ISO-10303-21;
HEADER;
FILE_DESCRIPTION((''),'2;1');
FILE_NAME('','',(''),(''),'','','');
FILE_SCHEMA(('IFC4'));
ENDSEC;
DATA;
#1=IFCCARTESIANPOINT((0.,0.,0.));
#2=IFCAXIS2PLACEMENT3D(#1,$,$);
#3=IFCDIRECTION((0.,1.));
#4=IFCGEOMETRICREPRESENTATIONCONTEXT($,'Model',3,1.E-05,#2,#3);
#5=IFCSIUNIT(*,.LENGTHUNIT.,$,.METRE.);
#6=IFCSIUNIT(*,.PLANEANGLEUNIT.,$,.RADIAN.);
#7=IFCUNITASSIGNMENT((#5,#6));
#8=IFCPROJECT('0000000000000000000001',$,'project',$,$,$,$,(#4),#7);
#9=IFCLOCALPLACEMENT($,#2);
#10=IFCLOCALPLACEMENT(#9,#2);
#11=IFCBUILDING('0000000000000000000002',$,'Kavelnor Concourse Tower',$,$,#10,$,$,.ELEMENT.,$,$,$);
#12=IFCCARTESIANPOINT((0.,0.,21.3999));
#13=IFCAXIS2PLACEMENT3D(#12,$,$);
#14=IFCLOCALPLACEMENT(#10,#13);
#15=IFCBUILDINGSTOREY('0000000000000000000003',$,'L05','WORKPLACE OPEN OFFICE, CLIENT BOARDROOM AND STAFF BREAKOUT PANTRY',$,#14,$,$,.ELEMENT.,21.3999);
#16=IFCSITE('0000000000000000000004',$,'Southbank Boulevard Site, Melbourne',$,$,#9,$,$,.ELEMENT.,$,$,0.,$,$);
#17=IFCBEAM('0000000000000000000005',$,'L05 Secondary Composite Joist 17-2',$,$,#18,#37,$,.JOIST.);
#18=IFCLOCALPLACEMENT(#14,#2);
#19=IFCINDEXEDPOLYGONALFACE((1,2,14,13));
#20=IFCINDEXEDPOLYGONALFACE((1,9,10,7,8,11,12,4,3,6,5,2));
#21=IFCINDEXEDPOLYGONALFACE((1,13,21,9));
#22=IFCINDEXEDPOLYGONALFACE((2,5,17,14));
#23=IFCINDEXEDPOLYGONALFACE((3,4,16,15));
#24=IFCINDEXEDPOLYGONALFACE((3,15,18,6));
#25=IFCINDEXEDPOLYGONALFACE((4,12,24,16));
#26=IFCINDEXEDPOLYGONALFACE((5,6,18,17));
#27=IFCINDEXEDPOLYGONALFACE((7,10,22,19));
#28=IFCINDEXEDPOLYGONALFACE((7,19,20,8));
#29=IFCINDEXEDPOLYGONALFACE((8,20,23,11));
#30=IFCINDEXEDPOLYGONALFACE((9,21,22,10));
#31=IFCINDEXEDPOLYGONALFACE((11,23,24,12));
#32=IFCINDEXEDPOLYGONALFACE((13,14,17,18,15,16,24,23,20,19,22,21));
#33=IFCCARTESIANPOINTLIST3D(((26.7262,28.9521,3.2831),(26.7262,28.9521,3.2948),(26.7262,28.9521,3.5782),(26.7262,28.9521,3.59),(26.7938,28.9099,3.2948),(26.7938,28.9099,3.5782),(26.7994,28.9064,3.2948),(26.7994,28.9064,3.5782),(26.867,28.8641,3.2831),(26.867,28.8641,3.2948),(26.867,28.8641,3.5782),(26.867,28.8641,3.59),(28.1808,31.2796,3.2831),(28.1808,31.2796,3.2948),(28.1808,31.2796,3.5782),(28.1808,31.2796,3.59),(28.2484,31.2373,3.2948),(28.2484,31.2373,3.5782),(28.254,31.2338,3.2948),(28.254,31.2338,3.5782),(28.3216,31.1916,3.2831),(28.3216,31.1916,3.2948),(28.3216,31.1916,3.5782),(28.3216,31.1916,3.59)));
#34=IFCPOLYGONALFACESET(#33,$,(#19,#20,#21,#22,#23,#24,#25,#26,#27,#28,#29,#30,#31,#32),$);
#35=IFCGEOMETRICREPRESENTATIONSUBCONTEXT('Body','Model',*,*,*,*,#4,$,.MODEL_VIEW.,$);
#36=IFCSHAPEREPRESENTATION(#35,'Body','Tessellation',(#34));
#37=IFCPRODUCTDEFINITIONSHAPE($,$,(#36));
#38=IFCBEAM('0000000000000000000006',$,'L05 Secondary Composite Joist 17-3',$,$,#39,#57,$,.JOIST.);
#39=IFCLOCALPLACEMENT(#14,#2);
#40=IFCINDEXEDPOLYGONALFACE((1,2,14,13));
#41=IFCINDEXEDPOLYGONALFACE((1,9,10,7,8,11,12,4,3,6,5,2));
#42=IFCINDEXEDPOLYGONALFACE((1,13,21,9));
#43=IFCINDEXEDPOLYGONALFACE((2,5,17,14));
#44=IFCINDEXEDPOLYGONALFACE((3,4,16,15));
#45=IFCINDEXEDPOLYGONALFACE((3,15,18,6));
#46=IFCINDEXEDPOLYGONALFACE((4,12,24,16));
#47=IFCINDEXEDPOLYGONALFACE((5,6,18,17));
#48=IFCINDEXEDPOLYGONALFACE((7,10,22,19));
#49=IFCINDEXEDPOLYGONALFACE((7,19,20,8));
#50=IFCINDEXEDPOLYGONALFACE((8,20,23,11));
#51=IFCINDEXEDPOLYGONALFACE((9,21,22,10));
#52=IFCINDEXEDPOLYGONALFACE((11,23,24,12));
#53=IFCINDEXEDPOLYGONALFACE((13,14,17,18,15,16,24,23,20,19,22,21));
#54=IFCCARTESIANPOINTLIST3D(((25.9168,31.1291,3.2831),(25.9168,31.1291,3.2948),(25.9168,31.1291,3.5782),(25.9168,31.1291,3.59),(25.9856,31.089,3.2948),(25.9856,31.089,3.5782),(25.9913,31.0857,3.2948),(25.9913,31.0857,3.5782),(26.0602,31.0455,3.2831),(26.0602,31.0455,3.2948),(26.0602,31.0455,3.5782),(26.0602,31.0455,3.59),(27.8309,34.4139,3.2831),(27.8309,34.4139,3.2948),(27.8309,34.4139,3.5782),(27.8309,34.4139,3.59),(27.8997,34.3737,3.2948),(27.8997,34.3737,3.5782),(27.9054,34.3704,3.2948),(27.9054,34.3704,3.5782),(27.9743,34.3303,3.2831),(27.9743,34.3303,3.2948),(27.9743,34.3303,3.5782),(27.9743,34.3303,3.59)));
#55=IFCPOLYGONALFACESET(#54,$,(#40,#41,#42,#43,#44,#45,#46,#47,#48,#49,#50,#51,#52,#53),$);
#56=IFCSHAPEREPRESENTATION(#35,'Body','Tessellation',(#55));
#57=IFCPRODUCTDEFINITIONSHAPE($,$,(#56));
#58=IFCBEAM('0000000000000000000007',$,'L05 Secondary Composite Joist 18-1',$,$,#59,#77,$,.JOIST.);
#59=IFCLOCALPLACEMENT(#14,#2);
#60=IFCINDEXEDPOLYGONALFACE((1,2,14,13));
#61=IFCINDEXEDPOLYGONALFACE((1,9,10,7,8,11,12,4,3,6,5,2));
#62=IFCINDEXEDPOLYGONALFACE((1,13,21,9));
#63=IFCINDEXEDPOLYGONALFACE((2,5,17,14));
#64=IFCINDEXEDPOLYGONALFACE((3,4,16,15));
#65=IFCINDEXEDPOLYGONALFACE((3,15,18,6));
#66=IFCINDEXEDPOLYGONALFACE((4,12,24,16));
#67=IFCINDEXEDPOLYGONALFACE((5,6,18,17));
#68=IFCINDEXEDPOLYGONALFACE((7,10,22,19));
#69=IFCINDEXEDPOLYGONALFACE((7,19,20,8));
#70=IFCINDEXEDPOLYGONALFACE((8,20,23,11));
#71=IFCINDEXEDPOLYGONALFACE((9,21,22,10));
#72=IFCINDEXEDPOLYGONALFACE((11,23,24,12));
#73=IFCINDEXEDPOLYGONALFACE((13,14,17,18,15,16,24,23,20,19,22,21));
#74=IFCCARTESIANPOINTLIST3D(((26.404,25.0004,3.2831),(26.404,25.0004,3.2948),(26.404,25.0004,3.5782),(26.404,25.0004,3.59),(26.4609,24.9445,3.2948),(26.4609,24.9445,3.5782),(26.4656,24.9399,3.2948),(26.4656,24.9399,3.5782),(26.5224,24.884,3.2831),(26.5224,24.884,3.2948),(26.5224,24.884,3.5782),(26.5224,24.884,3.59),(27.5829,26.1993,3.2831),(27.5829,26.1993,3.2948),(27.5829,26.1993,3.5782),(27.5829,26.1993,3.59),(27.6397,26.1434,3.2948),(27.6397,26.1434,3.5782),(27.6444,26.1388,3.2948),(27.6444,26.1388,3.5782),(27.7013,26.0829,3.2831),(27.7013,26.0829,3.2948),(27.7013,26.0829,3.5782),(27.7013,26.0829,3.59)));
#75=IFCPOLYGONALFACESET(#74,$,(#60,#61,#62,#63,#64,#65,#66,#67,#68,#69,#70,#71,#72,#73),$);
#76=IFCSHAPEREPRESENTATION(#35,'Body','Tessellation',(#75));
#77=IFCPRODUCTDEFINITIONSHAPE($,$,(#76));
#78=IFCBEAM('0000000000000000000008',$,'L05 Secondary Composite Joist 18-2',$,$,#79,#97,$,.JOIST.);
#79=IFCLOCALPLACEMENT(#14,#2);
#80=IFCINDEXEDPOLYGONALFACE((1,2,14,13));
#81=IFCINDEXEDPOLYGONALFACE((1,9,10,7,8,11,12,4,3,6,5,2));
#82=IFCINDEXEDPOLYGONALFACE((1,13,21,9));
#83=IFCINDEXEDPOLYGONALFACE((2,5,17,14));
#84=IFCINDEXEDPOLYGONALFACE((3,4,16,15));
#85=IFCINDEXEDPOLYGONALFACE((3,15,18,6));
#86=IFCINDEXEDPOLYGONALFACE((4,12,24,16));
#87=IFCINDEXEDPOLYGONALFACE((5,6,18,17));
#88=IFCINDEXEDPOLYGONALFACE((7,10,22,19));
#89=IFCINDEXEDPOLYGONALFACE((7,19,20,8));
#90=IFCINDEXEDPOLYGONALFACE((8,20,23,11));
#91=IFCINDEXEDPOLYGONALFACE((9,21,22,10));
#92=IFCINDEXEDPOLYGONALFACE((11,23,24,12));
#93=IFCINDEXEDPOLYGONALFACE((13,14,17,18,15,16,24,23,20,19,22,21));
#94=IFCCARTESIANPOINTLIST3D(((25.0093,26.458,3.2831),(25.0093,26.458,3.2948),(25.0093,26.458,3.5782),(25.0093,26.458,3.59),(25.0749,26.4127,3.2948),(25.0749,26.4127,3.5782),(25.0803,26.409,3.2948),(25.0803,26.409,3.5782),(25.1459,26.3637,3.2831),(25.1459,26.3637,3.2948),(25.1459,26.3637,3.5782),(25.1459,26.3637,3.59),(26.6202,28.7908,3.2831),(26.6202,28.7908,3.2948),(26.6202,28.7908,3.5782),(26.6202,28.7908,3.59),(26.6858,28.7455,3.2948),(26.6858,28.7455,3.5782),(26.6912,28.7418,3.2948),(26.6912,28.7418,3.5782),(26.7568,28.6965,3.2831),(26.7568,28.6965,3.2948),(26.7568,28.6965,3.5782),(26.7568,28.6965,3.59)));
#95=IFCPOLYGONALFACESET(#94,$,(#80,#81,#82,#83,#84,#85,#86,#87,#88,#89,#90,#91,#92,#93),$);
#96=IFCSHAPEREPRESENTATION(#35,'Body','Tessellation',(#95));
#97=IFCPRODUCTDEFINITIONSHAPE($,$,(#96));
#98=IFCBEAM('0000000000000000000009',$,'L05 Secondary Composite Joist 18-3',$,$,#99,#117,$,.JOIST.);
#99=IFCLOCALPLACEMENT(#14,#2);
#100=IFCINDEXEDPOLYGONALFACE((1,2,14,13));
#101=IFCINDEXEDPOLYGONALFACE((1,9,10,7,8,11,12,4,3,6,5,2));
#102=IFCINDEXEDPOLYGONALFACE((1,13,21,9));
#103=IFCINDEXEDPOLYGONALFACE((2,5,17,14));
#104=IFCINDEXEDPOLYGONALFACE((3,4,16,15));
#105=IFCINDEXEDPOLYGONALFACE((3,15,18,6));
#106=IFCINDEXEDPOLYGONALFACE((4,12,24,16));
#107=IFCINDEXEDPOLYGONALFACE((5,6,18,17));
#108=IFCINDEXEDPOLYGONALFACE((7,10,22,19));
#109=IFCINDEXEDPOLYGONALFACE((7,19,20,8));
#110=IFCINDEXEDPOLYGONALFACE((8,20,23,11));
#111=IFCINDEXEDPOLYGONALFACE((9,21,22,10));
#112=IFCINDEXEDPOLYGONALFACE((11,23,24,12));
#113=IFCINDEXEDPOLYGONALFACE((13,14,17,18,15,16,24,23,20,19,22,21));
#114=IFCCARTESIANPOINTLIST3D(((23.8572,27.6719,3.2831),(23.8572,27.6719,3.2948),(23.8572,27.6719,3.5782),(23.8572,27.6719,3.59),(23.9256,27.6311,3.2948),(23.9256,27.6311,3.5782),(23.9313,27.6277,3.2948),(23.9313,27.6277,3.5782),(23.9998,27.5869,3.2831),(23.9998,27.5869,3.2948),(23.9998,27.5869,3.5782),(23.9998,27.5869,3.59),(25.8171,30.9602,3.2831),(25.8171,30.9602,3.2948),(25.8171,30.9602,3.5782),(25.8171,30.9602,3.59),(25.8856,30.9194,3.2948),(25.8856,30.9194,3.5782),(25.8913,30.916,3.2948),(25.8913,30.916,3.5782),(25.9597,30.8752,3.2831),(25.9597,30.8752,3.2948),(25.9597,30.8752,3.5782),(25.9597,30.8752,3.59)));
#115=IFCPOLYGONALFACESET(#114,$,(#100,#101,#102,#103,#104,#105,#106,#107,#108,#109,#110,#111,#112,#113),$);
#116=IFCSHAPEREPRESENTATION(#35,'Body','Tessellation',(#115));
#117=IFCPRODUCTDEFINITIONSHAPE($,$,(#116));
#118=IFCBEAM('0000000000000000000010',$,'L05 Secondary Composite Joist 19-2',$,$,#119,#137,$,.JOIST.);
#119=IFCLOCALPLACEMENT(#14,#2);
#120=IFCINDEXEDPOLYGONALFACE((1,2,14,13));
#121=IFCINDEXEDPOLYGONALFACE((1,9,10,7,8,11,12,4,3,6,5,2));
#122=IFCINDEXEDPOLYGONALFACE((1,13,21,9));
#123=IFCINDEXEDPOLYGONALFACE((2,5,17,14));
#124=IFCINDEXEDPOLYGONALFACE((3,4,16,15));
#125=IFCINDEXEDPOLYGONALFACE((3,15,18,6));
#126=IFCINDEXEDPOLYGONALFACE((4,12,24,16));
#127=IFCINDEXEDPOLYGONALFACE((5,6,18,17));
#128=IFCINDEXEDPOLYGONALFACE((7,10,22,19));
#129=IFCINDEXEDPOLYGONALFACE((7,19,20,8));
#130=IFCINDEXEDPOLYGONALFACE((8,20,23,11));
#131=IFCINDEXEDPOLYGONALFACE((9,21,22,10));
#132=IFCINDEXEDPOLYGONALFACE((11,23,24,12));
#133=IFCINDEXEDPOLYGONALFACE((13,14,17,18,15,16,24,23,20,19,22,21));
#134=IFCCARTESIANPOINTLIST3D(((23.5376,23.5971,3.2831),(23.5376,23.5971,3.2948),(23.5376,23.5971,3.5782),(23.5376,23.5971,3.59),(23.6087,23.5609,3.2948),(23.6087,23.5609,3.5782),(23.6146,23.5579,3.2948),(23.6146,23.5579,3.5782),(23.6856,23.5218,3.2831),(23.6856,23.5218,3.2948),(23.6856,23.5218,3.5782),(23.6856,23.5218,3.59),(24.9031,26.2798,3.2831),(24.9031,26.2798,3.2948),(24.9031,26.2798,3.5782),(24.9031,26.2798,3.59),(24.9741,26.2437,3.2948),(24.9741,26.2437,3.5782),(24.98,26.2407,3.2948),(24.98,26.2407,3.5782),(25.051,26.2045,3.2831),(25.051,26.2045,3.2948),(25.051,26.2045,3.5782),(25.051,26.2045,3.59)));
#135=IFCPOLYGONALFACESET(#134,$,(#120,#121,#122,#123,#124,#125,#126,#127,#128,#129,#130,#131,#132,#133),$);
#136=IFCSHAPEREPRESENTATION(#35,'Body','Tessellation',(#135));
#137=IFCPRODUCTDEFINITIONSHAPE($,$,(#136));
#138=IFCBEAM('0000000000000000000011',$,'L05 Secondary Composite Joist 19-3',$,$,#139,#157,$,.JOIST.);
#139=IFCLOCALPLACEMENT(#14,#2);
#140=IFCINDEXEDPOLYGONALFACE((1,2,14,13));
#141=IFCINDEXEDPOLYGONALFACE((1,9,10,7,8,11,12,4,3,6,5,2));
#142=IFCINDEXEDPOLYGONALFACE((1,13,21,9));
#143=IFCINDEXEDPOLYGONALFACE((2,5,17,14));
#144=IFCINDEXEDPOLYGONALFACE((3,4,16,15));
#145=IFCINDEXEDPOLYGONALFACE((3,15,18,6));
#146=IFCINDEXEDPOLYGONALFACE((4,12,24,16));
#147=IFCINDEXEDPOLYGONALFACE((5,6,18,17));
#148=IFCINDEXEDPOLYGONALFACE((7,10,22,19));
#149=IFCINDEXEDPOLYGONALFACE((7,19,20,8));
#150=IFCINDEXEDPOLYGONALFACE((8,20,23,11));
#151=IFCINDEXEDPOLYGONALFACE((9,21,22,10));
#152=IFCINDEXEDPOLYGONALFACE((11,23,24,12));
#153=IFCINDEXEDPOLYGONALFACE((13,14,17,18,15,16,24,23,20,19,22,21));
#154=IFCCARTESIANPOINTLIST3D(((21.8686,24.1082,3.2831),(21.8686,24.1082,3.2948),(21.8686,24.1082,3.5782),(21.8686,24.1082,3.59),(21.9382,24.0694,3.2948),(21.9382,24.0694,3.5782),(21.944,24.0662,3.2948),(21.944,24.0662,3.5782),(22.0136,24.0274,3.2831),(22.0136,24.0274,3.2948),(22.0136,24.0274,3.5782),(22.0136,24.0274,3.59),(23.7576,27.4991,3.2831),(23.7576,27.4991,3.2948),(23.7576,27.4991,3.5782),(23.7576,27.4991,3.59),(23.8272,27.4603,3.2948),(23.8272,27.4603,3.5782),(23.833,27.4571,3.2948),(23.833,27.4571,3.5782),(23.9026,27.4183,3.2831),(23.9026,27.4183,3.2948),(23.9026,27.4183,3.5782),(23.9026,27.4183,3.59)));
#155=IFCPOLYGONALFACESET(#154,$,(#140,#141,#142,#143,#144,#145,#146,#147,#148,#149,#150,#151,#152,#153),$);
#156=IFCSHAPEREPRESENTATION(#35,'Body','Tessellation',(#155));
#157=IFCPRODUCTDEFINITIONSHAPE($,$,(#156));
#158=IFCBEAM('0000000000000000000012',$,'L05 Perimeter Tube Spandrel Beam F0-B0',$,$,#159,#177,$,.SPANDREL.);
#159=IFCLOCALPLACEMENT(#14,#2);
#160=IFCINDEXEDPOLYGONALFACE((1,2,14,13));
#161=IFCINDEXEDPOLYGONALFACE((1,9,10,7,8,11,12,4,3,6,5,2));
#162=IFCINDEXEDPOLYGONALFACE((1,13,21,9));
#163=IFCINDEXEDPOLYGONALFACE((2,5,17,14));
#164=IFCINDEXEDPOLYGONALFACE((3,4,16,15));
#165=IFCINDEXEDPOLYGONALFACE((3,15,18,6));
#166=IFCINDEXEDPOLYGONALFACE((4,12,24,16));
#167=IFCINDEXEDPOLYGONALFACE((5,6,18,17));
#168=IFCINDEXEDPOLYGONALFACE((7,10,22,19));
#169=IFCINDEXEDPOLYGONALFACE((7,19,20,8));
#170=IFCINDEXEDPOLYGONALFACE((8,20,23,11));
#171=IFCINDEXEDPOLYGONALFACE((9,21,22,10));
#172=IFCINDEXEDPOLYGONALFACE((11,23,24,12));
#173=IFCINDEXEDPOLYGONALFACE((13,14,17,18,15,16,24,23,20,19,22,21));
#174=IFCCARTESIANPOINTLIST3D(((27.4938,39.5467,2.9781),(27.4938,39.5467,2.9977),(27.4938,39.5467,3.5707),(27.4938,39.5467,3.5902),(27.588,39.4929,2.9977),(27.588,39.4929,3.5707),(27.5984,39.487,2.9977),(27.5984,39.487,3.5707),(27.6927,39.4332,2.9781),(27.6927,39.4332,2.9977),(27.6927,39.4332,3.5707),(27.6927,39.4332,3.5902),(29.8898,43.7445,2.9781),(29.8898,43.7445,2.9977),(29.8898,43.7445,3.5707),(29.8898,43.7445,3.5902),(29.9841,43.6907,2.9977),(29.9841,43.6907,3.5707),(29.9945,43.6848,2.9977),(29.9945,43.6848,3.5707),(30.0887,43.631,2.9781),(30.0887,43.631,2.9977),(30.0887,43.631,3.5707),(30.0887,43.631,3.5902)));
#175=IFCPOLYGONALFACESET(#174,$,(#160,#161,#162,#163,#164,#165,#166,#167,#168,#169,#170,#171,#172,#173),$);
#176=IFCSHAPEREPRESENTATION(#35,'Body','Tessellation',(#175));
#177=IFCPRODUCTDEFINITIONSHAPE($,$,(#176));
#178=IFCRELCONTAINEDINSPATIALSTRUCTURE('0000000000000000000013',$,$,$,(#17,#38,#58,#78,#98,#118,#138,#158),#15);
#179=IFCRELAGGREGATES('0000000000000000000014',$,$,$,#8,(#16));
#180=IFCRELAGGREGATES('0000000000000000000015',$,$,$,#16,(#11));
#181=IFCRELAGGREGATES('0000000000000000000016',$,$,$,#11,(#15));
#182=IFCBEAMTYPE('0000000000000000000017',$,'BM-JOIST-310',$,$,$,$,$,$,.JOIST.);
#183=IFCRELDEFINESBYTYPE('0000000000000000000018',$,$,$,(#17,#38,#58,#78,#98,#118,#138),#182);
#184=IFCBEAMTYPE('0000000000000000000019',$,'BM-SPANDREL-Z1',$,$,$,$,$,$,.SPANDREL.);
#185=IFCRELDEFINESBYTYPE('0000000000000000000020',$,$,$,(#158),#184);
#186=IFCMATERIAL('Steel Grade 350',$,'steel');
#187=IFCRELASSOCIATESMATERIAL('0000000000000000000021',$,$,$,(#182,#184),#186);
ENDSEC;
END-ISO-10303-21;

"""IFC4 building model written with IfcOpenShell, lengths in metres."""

from ifc_helpers import new_model, si_unit, direction, frame, origin, origin_2d, place, context, subcontext, project, spatial, i_section, extrude, material, material_profile, profile_set, type_object, element, save


model = new_model("IFC4")

# Units and contexts
model_context = context("Model", 3, precision=1e-05, world=origin(), true_north=direction((0.0, 1.0)))
body_context = subcontext(model_context, "Body", "Model", "MODEL_VIEW")
ifc_project = project(units=[si_unit("LENGTHUNIT", "METRE"), si_unit("PLANEANGLEUNIT", "RADIAN")], contexts=[model_context])

# Site, building, storey
site_placement = place(None, origin())
site = spatial("IfcSite", under=ifc_project, at=site_placement, Name="Southbank Boulevard Site, Melbourne", CompositionType="ELEMENT", RefElevation=0.0)
building_placement = place(site_placement, origin())
building = spatial("IfcBuilding", under=site, at=building_placement, Name="Kavelnor Concourse Tower", CompositionType="ELEMENT")
storey_placement = place(building_placement, frame((0.0, 0.0, 21.3999)))
storey = spatial("IfcBuildingStorey", under=building, at=storey_placement, Name="L05", Description="WORKPLACE OPEN OFFICE, CLIENT BOARDROOM AND STAFF BREAKOUT PANTRY", CompositionType="ELEMENT", Elevation=21.3999)

# Shared definitions
ifc_material_1 = material(Name="Steel Grade 350", Category="steel")

# Beams
ifc_material_profile_1 = material_profile(ifc_material_1, i_section(OverallWidth=0.166, OverallDepth=0.3069, WebThickness=0.0066, FlangeThickness=0.0117, at=origin_2d()), Name="310UB46")
ifc_profile_set_1 = profile_set([ifc_material_profile_1], Name="Steel Grade 350")
beam_type_1 = type_object("IfcBeamType", Name="BM-JOIST-310", PredefinedType="JOIST", material=ifc_profile_set_1)
beam_1_placement = place(storey_placement, frame((28.2512, 31.2356, 3.4365), z_axis=(-0.529991, -0.848003, 0.0), x_axis=(0.848003, -0.529991, 0.0)))
element("IfcBeam", 1, at=beam_1_placement, inside=storey, type_object=beam_type_1, Name="L05 Secondary Composite Joist 17-2", PredefinedType="JOIST", context=body_context, shape_type="SweptSolid", body=[
    extrude(i_section(OverallWidth=0.166, OverallDepth=0.3069, WebThickness=0.0066, FlangeThickness=0.0117, at=origin_2d()), origin(), (0.0, 0.0, 1.0), 2.7446),
])
beam_2_placement = place(storey_placement, frame((27.9026, 34.3721, 3.4365), z_axis=(-0.50348, -0.864007, 0.0), x_axis=(0.864007, -0.50348, 0.0)))
element("IfcBeam", 2, at=beam_2_placement, inside=storey, type_object=beam_type_1, Name="L05 Secondary Composite Joist 17-3", PredefinedType="JOIST", context=body_context, shape_type="SweptSolid", body=[
    extrude(i_section(OverallWidth=0.166, OverallDepth=0.3069, WebThickness=0.0066, FlangeThickness=0.0117, at=origin_2d()), origin(), (0.0, 0.0, 1.0), 3.8018),
])
beam_3_placement = place(storey_placement, frame((27.6421, 26.1411, 3.4365), z_axis=(-0.701129, -0.713035, 0.0), x_axis=(0.713035, -0.701129, 0.0)))
element("IfcBeam", 3, at=beam_3_placement, inside=storey, type_object=beam_type_1, Name="L05 Secondary Composite Joist 18-1", PredefinedType="JOIST", context=body_context, shape_type="SweptSolid", body=[
    extrude(i_section(OverallWidth=0.166, OverallDepth=0.3069, WebThickness=0.0066, FlangeThickness=0.0117, at=origin_2d()), origin(), (0.0, 0.0, 1.0), 1.6814),
])
beam_4_placement = place(storey_placement, frame((26.6885, 28.7437, 3.4365), z_axis=(-0.56822, -0.822877, 0.0), x_axis=(0.822877, -0.56822, 0.0)))
element("IfcBeam", 4, at=beam_4_placement, inside=storey, type_object=beam_type_1, Name="L05 Secondary Composite Joist 18-2", PredefinedType="JOIST", context=body_context, shape_type="SweptSolid", body=[
    extrude(i_section(OverallWidth=0.166, OverallDepth=0.3069, WebThickness=0.0066, FlangeThickness=0.0117, at=origin_2d()), origin(), (0.0, 0.0, 1.0), 2.835),
])
beam_5_placement = place(storey_placement, frame((25.8884, 30.9177, 3.4365), z_axis=(-0.511989, -0.858992, 0.0), x_axis=(0.858992, -0.511989, 0.0)))
element("IfcBeam", 5, at=beam_5_placement, inside=storey, type_object=beam_type_1, Name="L05 Secondary Composite Joist 18-3", PredefinedType="JOIST", context=body_context, shape_type="SweptSolid", body=[
    extrude(i_section(OverallWidth=0.166, OverallDepth=0.3069, WebThickness=0.0066, FlangeThickness=0.0117, at=origin_2d()), origin(), (0.0, 0.0, 1.0), 3.8281),
])
beam_6_placement = place(storey_placement, frame((24.9771, 26.2422, 3.4365), z_axis=(-0.453593, -0.891209, 0.0), x_axis=(0.891209, -0.453593, 0.0)))
element("IfcBeam", 6, at=beam_6_placement, inside=storey, type_object=beam_type_1, Name="L05 Secondary Composite Joist 19-2", PredefinedType="JOIST", context=body_context, shape_type="SweptSolid", body=[
    extrude(i_section(OverallWidth=0.166, OverallDepth=0.3069, WebThickness=0.0066, FlangeThickness=0.0117, at=origin_2d()), origin(), (0.0, 0.0, 1.0), 3.0103),
])
beam_7_placement = place(storey_placement, frame((23.8301, 27.4587, 3.4365), z_axis=(-0.486647, -0.873599, 0.0), x_axis=(0.873599, -0.486647, 0.0)))
element("IfcBeam", 7, at=beam_7_placement, inside=storey, type_object=beam_type_1, Name="L05 Secondary Composite Joist 19-3", PredefinedType="JOIST", context=body_context, shape_type="SweptSolid", body=[
    extrude(i_section(OverallWidth=0.166, OverallDepth=0.3069, WebThickness=0.0066, FlangeThickness=0.0117, at=origin_2d()), origin(), (0.0, 0.0, 1.0), 3.8816),
])
ifc_material_profile_2 = material_profile(ifc_material_1, i_section(OverallWidth=0.229, OverallDepth=0.6121, WebThickness=0.012, FlangeThickness=0.0195, at=origin_2d()), Name="610UB125")
ifc_profile_set_2 = profile_set([ifc_material_profile_2], Name="Steel Grade 350")
beam_type_2 = type_object("IfcBeamType", Name="BM-SPANDREL-Z1", PredefinedType="SPANDREL", material=ifc_profile_set_2)
beam_8_placement = place(storey_placement, frame((29.9893, 43.6877, 3.2842), z_axis=(-0.495715, -0.868485, 0.0), x_axis=(0.868485, -0.495715, 0.0)))
element("IfcBeam", 8, at=beam_8_placement, inside=storey, type_object=beam_type_2, Name="L05 Perimeter Tube Spandrel Beam F0-B0", PredefinedType="SPANDREL", context=body_context, shape_type="SweptSolid", body=[
    extrude(i_section(OverallWidth=0.229, OverallDepth=0.6121, WebThickness=0.012, FlangeThickness=0.0195, at=origin_2d()), origin(), (0.0, 0.0, 1.0), 4.8335),
])

save(model, "model.ifc")
